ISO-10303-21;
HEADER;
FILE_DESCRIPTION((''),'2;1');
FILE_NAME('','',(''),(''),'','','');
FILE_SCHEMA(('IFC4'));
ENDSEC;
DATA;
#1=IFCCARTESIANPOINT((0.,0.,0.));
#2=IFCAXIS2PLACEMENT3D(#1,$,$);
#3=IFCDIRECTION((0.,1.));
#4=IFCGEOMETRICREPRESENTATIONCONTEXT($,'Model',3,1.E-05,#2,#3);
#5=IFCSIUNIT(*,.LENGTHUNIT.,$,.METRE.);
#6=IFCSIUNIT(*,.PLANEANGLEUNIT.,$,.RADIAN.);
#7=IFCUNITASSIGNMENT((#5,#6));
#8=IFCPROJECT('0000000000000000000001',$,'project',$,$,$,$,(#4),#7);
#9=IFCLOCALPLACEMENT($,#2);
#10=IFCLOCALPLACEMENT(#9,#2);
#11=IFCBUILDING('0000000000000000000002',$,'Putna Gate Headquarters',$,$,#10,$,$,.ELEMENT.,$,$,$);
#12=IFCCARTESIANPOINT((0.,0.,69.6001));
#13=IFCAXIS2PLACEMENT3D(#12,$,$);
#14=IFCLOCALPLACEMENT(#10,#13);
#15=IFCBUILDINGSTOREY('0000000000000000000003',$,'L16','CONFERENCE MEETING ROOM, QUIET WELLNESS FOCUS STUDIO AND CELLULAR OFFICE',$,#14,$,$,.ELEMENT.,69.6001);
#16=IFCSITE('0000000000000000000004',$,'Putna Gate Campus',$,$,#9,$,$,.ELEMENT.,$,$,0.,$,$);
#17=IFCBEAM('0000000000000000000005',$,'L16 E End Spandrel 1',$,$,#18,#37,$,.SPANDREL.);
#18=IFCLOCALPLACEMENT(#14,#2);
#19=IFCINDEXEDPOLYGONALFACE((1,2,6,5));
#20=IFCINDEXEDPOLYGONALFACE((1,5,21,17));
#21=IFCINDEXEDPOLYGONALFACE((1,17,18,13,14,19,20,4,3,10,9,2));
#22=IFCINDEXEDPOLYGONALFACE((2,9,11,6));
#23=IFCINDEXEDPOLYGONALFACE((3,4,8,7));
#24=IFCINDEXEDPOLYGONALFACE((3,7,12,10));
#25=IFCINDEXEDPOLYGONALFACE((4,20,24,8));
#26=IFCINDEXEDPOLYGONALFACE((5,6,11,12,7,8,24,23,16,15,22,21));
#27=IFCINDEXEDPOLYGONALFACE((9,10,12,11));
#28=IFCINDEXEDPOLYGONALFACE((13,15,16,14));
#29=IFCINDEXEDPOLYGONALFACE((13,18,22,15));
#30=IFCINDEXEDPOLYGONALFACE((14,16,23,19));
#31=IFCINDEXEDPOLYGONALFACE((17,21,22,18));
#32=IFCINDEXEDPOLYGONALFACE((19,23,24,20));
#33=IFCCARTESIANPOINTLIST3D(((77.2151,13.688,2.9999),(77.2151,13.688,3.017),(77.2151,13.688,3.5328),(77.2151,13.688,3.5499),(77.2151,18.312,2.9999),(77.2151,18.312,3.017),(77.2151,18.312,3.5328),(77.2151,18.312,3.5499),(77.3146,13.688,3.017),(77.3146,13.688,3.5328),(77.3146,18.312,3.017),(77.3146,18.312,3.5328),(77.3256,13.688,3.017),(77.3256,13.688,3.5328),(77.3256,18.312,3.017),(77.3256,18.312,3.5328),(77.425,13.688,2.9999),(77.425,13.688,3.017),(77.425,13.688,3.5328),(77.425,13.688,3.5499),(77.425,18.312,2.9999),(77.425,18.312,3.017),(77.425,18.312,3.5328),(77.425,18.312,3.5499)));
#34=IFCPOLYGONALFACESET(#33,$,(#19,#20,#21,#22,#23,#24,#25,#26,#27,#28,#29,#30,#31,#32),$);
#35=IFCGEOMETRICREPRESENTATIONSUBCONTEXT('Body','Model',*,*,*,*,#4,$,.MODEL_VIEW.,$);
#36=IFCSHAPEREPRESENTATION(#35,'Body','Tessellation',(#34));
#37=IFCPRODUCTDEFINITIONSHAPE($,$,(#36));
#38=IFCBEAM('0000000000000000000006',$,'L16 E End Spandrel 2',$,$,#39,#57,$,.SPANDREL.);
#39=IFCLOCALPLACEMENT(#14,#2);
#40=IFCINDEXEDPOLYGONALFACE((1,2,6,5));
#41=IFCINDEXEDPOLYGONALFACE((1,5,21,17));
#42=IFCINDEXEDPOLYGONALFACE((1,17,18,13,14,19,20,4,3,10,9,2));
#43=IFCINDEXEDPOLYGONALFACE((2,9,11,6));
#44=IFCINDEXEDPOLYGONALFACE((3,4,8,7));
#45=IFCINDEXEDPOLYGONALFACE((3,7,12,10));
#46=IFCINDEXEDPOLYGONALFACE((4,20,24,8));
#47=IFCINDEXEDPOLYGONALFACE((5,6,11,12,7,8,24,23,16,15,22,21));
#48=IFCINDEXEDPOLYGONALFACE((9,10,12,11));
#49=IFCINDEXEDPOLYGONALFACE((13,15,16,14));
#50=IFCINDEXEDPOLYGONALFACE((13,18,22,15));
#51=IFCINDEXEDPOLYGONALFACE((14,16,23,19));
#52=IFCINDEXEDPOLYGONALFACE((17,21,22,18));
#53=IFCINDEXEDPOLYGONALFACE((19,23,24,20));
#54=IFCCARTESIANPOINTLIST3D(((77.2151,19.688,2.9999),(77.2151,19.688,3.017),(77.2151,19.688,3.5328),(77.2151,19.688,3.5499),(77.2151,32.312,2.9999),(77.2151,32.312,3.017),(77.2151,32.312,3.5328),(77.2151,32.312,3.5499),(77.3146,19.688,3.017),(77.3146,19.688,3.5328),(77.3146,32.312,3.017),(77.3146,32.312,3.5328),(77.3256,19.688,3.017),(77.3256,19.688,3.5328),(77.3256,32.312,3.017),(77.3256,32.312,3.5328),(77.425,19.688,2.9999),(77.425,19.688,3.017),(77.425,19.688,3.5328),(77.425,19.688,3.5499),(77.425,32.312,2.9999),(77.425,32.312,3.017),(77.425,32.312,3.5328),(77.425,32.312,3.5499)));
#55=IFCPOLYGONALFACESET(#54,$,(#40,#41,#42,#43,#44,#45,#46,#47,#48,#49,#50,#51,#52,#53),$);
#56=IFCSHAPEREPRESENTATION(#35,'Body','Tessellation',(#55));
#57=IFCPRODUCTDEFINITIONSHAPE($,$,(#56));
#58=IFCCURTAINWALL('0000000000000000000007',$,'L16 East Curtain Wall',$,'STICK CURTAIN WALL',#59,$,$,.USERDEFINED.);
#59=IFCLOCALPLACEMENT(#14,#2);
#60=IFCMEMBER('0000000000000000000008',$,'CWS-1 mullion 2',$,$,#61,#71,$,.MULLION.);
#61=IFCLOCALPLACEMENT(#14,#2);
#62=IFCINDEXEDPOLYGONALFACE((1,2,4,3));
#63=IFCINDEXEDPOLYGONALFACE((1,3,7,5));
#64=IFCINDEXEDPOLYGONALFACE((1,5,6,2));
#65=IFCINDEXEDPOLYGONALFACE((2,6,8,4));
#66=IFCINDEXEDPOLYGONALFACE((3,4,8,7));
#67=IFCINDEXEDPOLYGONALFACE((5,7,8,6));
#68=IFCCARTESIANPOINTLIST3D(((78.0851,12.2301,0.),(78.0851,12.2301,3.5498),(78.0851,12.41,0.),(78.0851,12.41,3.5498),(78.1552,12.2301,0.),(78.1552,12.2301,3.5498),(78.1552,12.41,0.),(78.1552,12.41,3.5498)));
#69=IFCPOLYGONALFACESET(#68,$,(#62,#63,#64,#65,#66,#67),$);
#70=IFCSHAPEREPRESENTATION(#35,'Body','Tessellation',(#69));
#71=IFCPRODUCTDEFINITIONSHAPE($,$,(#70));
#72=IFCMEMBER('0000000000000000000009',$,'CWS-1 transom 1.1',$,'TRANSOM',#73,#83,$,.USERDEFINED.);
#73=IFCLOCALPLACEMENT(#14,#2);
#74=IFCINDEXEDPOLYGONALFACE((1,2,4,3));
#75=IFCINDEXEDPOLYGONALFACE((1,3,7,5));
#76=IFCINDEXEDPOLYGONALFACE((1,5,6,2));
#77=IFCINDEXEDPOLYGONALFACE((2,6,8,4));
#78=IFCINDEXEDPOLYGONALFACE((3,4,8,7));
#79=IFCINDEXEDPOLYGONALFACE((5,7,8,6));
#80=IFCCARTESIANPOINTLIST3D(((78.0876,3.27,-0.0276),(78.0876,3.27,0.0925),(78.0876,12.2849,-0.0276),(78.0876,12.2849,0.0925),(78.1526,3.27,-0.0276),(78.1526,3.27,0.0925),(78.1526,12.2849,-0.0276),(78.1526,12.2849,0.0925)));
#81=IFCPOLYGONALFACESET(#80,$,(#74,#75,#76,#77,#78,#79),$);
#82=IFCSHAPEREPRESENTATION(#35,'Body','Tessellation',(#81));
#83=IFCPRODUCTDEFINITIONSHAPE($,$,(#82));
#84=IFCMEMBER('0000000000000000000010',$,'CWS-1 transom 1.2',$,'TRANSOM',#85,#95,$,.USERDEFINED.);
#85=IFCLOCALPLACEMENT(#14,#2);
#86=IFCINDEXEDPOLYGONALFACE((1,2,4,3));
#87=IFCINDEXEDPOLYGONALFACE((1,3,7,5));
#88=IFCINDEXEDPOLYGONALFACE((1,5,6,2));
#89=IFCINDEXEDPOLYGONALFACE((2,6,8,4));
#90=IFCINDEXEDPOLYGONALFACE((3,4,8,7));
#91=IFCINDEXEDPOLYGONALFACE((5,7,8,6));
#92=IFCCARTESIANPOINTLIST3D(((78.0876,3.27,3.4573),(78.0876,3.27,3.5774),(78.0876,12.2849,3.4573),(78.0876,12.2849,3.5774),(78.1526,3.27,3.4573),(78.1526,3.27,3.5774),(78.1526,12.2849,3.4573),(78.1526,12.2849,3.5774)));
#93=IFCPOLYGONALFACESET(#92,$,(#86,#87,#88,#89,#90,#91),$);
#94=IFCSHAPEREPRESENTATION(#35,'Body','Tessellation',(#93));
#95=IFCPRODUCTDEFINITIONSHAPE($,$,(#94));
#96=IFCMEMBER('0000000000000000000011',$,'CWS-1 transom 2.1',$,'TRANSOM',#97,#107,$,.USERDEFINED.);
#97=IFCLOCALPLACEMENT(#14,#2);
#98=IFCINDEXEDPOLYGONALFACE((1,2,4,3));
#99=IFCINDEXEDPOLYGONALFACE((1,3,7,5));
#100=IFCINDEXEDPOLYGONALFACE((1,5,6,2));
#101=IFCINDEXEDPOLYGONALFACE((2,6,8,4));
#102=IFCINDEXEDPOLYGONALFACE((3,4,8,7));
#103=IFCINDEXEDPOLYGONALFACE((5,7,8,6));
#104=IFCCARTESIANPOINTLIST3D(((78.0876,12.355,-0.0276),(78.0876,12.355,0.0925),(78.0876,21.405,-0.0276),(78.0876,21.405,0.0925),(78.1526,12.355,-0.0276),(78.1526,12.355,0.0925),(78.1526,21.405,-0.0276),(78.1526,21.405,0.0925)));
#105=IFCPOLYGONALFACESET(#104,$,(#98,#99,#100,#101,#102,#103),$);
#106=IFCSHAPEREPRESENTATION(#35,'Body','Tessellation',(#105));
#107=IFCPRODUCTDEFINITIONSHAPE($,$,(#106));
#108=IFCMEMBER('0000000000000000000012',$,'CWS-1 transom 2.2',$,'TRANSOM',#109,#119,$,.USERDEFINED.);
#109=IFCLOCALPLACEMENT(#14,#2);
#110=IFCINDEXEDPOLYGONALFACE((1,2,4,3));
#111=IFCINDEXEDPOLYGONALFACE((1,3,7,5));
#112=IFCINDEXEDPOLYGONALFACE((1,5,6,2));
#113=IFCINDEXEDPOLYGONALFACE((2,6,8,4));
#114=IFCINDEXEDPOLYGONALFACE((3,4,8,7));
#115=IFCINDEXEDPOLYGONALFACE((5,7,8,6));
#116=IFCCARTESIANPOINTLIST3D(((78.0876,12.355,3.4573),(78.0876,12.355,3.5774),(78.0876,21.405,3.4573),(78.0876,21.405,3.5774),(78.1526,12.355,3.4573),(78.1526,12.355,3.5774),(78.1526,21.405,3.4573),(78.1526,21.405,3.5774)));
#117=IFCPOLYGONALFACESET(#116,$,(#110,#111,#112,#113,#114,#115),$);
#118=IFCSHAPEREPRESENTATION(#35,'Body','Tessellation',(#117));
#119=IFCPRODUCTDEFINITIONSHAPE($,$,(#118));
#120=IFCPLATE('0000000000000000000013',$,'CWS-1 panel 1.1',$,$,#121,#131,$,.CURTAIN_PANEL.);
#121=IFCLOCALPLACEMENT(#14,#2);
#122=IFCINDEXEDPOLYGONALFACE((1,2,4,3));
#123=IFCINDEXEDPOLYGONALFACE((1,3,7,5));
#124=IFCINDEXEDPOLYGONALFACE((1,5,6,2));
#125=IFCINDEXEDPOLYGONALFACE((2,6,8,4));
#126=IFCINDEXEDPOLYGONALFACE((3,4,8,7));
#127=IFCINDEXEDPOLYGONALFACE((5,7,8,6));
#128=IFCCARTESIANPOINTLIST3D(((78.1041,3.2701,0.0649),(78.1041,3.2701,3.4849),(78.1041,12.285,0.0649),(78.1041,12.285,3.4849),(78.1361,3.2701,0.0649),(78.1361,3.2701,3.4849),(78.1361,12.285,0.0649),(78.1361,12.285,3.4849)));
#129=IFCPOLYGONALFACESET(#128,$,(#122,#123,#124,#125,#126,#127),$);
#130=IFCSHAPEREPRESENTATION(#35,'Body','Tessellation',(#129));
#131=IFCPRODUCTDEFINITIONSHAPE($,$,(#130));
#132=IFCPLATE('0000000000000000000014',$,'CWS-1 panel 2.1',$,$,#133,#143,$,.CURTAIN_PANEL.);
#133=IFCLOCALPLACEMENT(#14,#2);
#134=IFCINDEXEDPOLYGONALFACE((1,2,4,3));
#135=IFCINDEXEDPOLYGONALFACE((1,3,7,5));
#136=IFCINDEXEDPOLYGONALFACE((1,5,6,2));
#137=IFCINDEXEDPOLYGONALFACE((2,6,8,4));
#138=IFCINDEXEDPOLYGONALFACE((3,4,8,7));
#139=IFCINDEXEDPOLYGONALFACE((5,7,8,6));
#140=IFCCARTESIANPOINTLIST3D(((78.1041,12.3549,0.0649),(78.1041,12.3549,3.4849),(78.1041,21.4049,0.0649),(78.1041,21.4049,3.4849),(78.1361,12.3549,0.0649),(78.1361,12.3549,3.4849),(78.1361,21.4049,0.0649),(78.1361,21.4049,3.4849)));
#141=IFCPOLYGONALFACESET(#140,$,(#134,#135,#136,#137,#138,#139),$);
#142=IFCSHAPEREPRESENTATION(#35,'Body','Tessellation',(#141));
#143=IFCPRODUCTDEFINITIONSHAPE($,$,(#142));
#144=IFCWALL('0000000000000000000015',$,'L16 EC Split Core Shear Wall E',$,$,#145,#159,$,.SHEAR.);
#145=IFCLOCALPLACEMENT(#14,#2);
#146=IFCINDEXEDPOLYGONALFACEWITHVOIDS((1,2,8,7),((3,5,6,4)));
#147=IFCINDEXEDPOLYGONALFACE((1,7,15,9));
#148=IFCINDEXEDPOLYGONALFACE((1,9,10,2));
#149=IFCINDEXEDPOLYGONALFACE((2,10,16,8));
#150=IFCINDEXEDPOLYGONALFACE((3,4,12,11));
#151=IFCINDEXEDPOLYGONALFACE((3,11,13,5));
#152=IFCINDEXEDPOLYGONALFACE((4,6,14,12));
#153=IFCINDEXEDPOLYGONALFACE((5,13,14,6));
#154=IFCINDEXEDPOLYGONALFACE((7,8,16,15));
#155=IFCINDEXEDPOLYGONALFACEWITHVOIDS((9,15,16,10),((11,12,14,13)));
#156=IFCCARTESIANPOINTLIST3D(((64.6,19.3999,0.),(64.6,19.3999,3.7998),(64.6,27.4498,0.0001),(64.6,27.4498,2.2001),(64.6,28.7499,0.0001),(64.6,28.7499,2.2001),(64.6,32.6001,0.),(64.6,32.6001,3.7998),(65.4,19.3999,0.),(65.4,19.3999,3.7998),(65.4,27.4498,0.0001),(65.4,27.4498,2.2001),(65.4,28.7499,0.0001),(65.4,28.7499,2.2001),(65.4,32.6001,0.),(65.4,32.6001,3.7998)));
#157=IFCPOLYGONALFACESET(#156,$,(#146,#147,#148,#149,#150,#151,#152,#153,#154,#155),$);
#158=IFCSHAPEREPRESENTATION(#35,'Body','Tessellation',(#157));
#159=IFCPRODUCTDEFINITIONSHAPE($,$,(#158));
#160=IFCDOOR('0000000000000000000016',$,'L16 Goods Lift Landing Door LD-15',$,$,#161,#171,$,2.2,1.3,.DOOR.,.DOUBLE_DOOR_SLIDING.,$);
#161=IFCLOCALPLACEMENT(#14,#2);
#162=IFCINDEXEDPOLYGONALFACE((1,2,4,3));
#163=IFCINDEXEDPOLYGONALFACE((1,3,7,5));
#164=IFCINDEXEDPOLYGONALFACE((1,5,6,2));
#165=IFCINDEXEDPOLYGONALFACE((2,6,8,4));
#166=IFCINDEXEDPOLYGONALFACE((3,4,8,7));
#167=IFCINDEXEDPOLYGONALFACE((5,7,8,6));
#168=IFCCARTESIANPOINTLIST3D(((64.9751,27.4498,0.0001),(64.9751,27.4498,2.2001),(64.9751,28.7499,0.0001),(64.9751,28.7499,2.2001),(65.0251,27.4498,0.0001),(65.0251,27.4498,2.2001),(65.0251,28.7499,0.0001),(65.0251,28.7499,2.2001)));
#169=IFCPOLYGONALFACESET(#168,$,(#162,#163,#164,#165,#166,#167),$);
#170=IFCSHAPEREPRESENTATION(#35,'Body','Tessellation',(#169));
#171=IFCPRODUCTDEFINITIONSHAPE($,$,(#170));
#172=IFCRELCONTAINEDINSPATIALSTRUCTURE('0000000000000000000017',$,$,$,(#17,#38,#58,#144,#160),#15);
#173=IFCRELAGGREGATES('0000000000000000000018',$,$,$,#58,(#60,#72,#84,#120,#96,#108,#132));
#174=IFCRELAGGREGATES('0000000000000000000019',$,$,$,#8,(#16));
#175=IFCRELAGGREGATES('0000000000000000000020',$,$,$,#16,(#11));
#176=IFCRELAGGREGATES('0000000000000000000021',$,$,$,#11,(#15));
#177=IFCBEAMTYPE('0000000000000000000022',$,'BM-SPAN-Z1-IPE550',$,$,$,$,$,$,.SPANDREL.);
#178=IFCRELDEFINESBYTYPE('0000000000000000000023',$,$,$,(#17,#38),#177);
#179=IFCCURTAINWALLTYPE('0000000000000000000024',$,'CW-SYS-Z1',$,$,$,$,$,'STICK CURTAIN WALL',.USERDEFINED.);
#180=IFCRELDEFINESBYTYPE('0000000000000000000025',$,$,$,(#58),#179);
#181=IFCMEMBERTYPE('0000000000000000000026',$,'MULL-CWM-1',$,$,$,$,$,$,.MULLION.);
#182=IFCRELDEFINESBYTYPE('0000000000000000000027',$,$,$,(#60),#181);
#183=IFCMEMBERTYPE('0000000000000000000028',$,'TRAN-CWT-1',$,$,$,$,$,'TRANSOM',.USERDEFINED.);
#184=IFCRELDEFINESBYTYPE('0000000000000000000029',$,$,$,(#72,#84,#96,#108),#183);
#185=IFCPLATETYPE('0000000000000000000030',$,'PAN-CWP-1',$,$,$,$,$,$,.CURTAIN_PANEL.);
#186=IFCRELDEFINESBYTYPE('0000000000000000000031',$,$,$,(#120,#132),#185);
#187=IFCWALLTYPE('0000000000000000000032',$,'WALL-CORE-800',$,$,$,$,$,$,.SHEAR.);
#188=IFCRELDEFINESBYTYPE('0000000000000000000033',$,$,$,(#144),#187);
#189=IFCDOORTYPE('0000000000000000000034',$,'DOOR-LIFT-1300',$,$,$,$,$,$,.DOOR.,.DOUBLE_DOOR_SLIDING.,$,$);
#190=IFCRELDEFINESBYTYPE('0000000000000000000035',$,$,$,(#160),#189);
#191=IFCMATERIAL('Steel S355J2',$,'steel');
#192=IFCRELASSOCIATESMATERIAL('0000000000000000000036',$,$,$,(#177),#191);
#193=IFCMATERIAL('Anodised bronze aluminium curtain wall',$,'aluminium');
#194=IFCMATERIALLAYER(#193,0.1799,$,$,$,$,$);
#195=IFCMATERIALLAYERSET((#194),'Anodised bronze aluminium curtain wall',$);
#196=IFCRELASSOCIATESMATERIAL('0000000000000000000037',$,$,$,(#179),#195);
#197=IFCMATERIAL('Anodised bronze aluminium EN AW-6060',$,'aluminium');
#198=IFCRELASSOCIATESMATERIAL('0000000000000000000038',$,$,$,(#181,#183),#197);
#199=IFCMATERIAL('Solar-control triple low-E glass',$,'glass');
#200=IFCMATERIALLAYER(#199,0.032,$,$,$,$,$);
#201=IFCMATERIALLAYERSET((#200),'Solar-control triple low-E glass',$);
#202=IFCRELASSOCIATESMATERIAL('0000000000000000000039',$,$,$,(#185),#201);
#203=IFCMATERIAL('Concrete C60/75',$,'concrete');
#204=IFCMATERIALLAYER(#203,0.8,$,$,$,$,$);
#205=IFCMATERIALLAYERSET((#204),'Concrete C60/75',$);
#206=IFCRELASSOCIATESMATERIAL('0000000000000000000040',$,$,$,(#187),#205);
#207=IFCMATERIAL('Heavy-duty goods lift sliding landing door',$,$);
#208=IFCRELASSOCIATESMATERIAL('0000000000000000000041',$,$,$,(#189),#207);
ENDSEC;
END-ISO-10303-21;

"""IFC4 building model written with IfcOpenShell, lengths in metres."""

from ifc_helpers import new_model, si_unit, direction, frame, frame_2d, origin, origin_2d, place, context, subcontext, project, spatial, rectangle, i_section, extrude, material, layer, layer_set, material_profile, profile_set, type_object, element, fill, aggregate, save


model = new_model("IFC4")

# Units and contexts
model_context = context("Model", 3, precision=1e-05, world=origin(), true_north=direction((0.0, 1.0)))
body_context = subcontext(model_context, "Body", "Model", "MODEL_VIEW")
ifc_project = project(units=[si_unit("LENGTHUNIT", "METRE"), si_unit("PLANEANGLEUNIT", "RADIAN")], contexts=[model_context])

# Site, building, storey
site_placement = place(None, origin())
site = spatial("IfcSite", under=ifc_project, at=site_placement, Name="Putna Gate Campus", CompositionType="ELEMENT", RefElevation=0.0)
building_placement = place(site_placement, origin())
building = spatial("IfcBuilding", under=site, at=building_placement, Name="Putna Gate Headquarters", CompositionType="ELEMENT")
storey_placement = place(building_placement, frame((0.0, 0.0, 69.6001)))
storey = spatial("IfcBuildingStorey", under=building, at=storey_placement, Name="L16", Description="CONFERENCE MEETING ROOM, QUIET WELLNESS FOCUS STUDIO AND CELLULAR OFFICE", CompositionType="ELEMENT", Elevation=69.6001)

# Shared definitions
ifc_material_1 = material(Name="Concrete C60/75", Category="concrete")

# Beams
ifc_material_2 = material(Name="Steel S355J2", Category="steel")
ifc_material_profile_1 = material_profile(ifc_material_2, i_section(OverallWidth=0.21, OverallDepth=0.55, WebThickness=0.011, FlangeThickness=0.0171, at=origin_2d()), Name="Steel S355J2")
ifc_profile_set_1 = profile_set([ifc_material_profile_1], Name="Steel S355J2")
beam_type_1 = type_object("IfcBeamType", Name="BM-SPAN-Z1-IPE550", PredefinedType="SPANDREL", material=ifc_profile_set_1)
beam_1_placement = place(storey_placement, frame((77.3201, 13.688, 3.2749), z_axis=(0.0, 1.0, 0.0), x_axis=(-1.0, 0.0, 0.0)))
element("IfcBeam", 1, at=beam_1_placement, inside=storey, type_object=beam_type_1, Name="L16 E End Spandrel 1", PredefinedType="SPANDREL", context=body_context, shape_type="SweptSolid", body=[
    extrude(i_section(OverallWidth=0.21, OverallDepth=0.55, WebThickness=0.011, FlangeThickness=0.0171, at=origin_2d()), origin(), (0.0, 0.0, 1.0), 4.624),
])
beam_2_placement = place(storey_placement, frame((77.3201, 19.688, 3.2749), z_axis=(0.0, 1.0, 0.0), x_axis=(-1.0, 0.0, 0.0)))
element("IfcBeam", 2, at=beam_2_placement, inside=storey, type_object=beam_type_1, Name="L16 E End Spandrel 2", PredefinedType="SPANDREL", context=body_context, shape_type="SweptSolid", body=[
    extrude(i_section(OverallWidth=0.21, OverallDepth=0.55, WebThickness=0.011, FlangeThickness=0.0171, at=origin_2d()), origin(), (0.0, 0.0, 1.0), 12.624),
])

# Curtain wall, members, plates
ifc_material_3 = material(Name="Anodised bronze aluminium curtain wall", Category="aluminium")
ifc_layer_1 = layer(ifc_material_3, 0.1799)
ifc_layer_set_1 = layer_set([ifc_layer_1], Name="Anodised bronze aluminium curtain wall")
curtain_wall_type = type_object("IfcCurtainWallType", Name="CW-SYS-Z1", ElementType="STICK CURTAIN WALL", PredefinedType="USERDEFINED", material=ifc_layer_set_1)
curtain_wall_placement = place(storey_placement, origin())
curtain_wall = element("IfcCurtainWall", 3, at=curtain_wall_placement, inside=storey, type_object=curtain_wall_type, Name="L16 East Curtain Wall", ObjectType="STICK CURTAIN WALL", PredefinedType="USERDEFINED")
ifc_material_4 = material(Name="Anodised bronze aluminium EN AW-6060", Category="aluminium")
ifc_material_profile_2 = material_profile(ifc_material_4, rectangle(XDim=0.0701, YDim=0.1799, at=origin_2d()), Name="Anodised bronze aluminium EN AW-6060")
ifc_profile_set_2 = profile_set([ifc_material_profile_2], Name="Anodised bronze aluminium EN AW-6060")
member_type_1 = type_object("IfcMemberType", Name="MULL-CWM-1", PredefinedType="MULLION", material=ifc_profile_set_2)
member_1_placement = place(storey_placement, frame((78.1201, 12.3201, 0.0), z_axis=(0.0, 0.0, 1.0), x_axis=(-1.0, 0.0, 0.0)))
member_1 = element("IfcMember", 4, at=member_1_placement, type_object=member_type_1, Name="CWS-1 mullion 2", PredefinedType="MULLION", context=body_context, shape_type="SweptSolid", body=[
    extrude(rectangle(XDim=0.0701, YDim=0.1799, at=origin_2d()), origin(), (0.0, 0.0, 1.0), 3.5498),
])
ifc_material_profile_3 = material_profile(ifc_material_4, rectangle(XDim=0.0649, YDim=0.1201, at=origin_2d()), Name="Anodised bronze aluminium EN AW-6060")
ifc_profile_set_3 = profile_set([ifc_material_profile_3], Name="Anodised bronze aluminium EN AW-6060")
member_type_2 = type_object("IfcMemberType", Name="TRAN-CWT-1", ElementType="TRANSOM", PredefinedType="USERDEFINED", material=ifc_profile_set_3)
member_2_placement = place(storey_placement, frame((78.1201, 3.27, 0.0325), z_axis=(0.0, 1.0, 0.0), x_axis=(-1.0, 0.0, 0.0)))
member_2 = element("IfcMember", 5, at=member_2_placement, type_object=member_type_2, Name="CWS-1 transom 1.1", ObjectType="TRANSOM", PredefinedType="USERDEFINED", context=body_context, shape_type="SweptSolid", body=[
    extrude(rectangle(XDim=0.0649, YDim=0.1201, at=origin_2d()), origin(), (0.0, 0.0, 1.0), 9.0149),
])
member_3_placement = place(storey_placement, frame((78.1201, 3.27, 3.5173), z_axis=(0.0, 1.0, 0.0), x_axis=(-1.0, 0.0, 0.0)))
member_3 = element("IfcMember", 6, at=member_3_placement, type_object=member_type_2, Name="CWS-1 transom 1.2", ObjectType="TRANSOM", PredefinedType="USERDEFINED", context=body_context, shape_type="SweptSolid", body=[
    extrude(rectangle(XDim=0.0649, YDim=0.1201, at=origin_2d()), origin(), (0.0, 0.0, 1.0), 9.0149),
])
member_4_placement = place(storey_placement, frame((78.1201, 12.355, 0.0325), z_axis=(0.0, 1.0, 0.0), x_axis=(-1.0, 0.0, 0.0)))
member_4 = element("IfcMember", 7, at=member_4_placement, type_object=member_type_2, Name="CWS-1 transom 2.1", ObjectType="TRANSOM", PredefinedType="USERDEFINED", context=body_context, shape_type="SweptSolid", body=[
    extrude(rectangle(XDim=0.0649, YDim=0.1201, at=origin_2d()), origin(), (0.0, 0.0, 1.0), 9.05),
])
member_5_placement = place(storey_placement, frame((78.1201, 12.355, 3.5173), z_axis=(0.0, 1.0, 0.0), x_axis=(-1.0, 0.0, 0.0)))
member_5 = element("IfcMember", 8, at=member_5_placement, type_object=member_type_2, Name="CWS-1 transom 2.2", ObjectType="TRANSOM", PredefinedType="USERDEFINED", context=body_context, shape_type="SweptSolid", body=[
    extrude(rectangle(XDim=0.0649, YDim=0.1201, at=origin_2d()), origin(), (0.0, 0.0, 1.0), 9.05),
])
ifc_material_5 = material(Name="Solar-control triple low-E glass", Category="glass")
ifc_layer_2 = layer(ifc_material_5, 0.032)
ifc_layer_set_2 = layer_set([ifc_layer_2], Name="Solar-control triple low-E glass")
plate_type = type_object("IfcPlateType", Name="PAN-CWP-1", PredefinedType="CURTAIN_PANEL", material=ifc_layer_set_2)
plate_1_placement = place(storey_placement, frame((78.1201, 7.7776, 0.0649), z_axis=(0.0, 0.0, 1.0), x_axis=(0.0, 1.0, 0.0)))
plate_1 = element("IfcPlate", 9, at=plate_1_placement, type_object=plate_type, Name="CWS-1 panel 1.1", PredefinedType="CURTAIN_PANEL", context=body_context, shape_type="SweptSolid", body=[
    extrude(rectangle(XDim=9.0149, YDim=0.032, at=origin_2d()), origin(), (0.0, 0.0, 1.0), 3.4199),
])
plate_2_placement = place(storey_placement, frame((78.1201, 16.8799, 0.0649), z_axis=(0.0, 0.0, 1.0), x_axis=(0.0, 1.0, 0.0)))
plate_2 = element("IfcPlate", 10, at=plate_2_placement, type_object=plate_type, Name="CWS-1 panel 2.1", PredefinedType="CURTAIN_PANEL", context=body_context, shape_type="SweptSolid", body=[
    extrude(rectangle(XDim=9.05, YDim=0.032, at=origin_2d()), origin(), (0.0, 0.0, 1.0), 3.4199),
])
aggregate(curtain_wall, [member_1, member_2, member_3, plate_1, member_4, member_5, plate_2])

# Wall, opening, door
ifc_layer_3 = layer(ifc_material_1, 0.8)
ifc_layer_set_3 = layer_set([ifc_layer_3], Name="Concrete C60/75")
wall_type_1 = type_object("IfcWallType", Name="WALL-CORE-800", PredefinedType="SHEAR", material=ifc_layer_set_3)
wall_1_placement = place(storey_placement, frame((65.0, 19.3999, 0.0), z_axis=(0.0, 0.0, 1.0), x_axis=(0.0, 1.0, 0.0)))
wall_1 = element("IfcWall", 11, at=wall_1_placement, inside=storey, type_object=wall_type_1, Name="L16 EC Split Core Shear Wall E", PredefinedType="SHEAR", context=body_context, shape_type="SweptSolid", body=[
    extrude(rectangle(XDim=13.2002, YDim=0.8, at=frame_2d((6.6001, 0.0))), origin(), (0.0, 0.0, 1.0), 3.7998),
])
opening_1_placement = place(wall_1_placement, frame((8.05, 0.0, 0.0)))
opening_1 = element("IfcOpeningElement", 12, at=opening_1_placement, cuts=wall_1, PredefinedType="OPENING", context=body_context, shape_type="SweptSolid", body=[
    extrude(rectangle(XDim=1.3, YDim=2.2, at=frame_2d((0.6499, 1.1001))), frame((0.0, 0.4099, 0.0), z_axis=(0.0, -1.0, 0.0), x_axis=(1.0, 0.0, 0.0)), (0.0, 0.0, 1.0), 0.8201),
])
ifc_material_6 = material(Name="Heavy-duty goods lift sliding landing door")
door_type_1 = type_object("IfcDoorType", Name="DOOR-LIFT-1300", OperationType="DOUBLE_DOOR_SLIDING", PredefinedType="DOOR", material=ifc_material_6)
door_1_placement = place(opening_1_placement, origin())
door_1 = element("IfcDoor", 13, at=door_1_placement, inside=storey, type_object=door_type_1, Name="L16 Goods Lift Landing Door LD-15", OperationType="DOUBLE_DOOR_SLIDING", OverallHeight=2.2, OverallWidth=1.3, PredefinedType="DOOR", context=body_context, shape_type="SweptSolid", body=[
    extrude(rectangle(XDim=1.3, YDim=2.2, at=frame_2d((0.6499, 1.1001))), frame((0.0, 0.0249, 0.0), z_axis=(0.0, -1.0, 0.0), x_axis=(1.0, 0.0, 0.0)), (0.0, 0.0, 1.0), 0.05),
])
fill(opening_1, door_1)

save(model, "model.ifc")
